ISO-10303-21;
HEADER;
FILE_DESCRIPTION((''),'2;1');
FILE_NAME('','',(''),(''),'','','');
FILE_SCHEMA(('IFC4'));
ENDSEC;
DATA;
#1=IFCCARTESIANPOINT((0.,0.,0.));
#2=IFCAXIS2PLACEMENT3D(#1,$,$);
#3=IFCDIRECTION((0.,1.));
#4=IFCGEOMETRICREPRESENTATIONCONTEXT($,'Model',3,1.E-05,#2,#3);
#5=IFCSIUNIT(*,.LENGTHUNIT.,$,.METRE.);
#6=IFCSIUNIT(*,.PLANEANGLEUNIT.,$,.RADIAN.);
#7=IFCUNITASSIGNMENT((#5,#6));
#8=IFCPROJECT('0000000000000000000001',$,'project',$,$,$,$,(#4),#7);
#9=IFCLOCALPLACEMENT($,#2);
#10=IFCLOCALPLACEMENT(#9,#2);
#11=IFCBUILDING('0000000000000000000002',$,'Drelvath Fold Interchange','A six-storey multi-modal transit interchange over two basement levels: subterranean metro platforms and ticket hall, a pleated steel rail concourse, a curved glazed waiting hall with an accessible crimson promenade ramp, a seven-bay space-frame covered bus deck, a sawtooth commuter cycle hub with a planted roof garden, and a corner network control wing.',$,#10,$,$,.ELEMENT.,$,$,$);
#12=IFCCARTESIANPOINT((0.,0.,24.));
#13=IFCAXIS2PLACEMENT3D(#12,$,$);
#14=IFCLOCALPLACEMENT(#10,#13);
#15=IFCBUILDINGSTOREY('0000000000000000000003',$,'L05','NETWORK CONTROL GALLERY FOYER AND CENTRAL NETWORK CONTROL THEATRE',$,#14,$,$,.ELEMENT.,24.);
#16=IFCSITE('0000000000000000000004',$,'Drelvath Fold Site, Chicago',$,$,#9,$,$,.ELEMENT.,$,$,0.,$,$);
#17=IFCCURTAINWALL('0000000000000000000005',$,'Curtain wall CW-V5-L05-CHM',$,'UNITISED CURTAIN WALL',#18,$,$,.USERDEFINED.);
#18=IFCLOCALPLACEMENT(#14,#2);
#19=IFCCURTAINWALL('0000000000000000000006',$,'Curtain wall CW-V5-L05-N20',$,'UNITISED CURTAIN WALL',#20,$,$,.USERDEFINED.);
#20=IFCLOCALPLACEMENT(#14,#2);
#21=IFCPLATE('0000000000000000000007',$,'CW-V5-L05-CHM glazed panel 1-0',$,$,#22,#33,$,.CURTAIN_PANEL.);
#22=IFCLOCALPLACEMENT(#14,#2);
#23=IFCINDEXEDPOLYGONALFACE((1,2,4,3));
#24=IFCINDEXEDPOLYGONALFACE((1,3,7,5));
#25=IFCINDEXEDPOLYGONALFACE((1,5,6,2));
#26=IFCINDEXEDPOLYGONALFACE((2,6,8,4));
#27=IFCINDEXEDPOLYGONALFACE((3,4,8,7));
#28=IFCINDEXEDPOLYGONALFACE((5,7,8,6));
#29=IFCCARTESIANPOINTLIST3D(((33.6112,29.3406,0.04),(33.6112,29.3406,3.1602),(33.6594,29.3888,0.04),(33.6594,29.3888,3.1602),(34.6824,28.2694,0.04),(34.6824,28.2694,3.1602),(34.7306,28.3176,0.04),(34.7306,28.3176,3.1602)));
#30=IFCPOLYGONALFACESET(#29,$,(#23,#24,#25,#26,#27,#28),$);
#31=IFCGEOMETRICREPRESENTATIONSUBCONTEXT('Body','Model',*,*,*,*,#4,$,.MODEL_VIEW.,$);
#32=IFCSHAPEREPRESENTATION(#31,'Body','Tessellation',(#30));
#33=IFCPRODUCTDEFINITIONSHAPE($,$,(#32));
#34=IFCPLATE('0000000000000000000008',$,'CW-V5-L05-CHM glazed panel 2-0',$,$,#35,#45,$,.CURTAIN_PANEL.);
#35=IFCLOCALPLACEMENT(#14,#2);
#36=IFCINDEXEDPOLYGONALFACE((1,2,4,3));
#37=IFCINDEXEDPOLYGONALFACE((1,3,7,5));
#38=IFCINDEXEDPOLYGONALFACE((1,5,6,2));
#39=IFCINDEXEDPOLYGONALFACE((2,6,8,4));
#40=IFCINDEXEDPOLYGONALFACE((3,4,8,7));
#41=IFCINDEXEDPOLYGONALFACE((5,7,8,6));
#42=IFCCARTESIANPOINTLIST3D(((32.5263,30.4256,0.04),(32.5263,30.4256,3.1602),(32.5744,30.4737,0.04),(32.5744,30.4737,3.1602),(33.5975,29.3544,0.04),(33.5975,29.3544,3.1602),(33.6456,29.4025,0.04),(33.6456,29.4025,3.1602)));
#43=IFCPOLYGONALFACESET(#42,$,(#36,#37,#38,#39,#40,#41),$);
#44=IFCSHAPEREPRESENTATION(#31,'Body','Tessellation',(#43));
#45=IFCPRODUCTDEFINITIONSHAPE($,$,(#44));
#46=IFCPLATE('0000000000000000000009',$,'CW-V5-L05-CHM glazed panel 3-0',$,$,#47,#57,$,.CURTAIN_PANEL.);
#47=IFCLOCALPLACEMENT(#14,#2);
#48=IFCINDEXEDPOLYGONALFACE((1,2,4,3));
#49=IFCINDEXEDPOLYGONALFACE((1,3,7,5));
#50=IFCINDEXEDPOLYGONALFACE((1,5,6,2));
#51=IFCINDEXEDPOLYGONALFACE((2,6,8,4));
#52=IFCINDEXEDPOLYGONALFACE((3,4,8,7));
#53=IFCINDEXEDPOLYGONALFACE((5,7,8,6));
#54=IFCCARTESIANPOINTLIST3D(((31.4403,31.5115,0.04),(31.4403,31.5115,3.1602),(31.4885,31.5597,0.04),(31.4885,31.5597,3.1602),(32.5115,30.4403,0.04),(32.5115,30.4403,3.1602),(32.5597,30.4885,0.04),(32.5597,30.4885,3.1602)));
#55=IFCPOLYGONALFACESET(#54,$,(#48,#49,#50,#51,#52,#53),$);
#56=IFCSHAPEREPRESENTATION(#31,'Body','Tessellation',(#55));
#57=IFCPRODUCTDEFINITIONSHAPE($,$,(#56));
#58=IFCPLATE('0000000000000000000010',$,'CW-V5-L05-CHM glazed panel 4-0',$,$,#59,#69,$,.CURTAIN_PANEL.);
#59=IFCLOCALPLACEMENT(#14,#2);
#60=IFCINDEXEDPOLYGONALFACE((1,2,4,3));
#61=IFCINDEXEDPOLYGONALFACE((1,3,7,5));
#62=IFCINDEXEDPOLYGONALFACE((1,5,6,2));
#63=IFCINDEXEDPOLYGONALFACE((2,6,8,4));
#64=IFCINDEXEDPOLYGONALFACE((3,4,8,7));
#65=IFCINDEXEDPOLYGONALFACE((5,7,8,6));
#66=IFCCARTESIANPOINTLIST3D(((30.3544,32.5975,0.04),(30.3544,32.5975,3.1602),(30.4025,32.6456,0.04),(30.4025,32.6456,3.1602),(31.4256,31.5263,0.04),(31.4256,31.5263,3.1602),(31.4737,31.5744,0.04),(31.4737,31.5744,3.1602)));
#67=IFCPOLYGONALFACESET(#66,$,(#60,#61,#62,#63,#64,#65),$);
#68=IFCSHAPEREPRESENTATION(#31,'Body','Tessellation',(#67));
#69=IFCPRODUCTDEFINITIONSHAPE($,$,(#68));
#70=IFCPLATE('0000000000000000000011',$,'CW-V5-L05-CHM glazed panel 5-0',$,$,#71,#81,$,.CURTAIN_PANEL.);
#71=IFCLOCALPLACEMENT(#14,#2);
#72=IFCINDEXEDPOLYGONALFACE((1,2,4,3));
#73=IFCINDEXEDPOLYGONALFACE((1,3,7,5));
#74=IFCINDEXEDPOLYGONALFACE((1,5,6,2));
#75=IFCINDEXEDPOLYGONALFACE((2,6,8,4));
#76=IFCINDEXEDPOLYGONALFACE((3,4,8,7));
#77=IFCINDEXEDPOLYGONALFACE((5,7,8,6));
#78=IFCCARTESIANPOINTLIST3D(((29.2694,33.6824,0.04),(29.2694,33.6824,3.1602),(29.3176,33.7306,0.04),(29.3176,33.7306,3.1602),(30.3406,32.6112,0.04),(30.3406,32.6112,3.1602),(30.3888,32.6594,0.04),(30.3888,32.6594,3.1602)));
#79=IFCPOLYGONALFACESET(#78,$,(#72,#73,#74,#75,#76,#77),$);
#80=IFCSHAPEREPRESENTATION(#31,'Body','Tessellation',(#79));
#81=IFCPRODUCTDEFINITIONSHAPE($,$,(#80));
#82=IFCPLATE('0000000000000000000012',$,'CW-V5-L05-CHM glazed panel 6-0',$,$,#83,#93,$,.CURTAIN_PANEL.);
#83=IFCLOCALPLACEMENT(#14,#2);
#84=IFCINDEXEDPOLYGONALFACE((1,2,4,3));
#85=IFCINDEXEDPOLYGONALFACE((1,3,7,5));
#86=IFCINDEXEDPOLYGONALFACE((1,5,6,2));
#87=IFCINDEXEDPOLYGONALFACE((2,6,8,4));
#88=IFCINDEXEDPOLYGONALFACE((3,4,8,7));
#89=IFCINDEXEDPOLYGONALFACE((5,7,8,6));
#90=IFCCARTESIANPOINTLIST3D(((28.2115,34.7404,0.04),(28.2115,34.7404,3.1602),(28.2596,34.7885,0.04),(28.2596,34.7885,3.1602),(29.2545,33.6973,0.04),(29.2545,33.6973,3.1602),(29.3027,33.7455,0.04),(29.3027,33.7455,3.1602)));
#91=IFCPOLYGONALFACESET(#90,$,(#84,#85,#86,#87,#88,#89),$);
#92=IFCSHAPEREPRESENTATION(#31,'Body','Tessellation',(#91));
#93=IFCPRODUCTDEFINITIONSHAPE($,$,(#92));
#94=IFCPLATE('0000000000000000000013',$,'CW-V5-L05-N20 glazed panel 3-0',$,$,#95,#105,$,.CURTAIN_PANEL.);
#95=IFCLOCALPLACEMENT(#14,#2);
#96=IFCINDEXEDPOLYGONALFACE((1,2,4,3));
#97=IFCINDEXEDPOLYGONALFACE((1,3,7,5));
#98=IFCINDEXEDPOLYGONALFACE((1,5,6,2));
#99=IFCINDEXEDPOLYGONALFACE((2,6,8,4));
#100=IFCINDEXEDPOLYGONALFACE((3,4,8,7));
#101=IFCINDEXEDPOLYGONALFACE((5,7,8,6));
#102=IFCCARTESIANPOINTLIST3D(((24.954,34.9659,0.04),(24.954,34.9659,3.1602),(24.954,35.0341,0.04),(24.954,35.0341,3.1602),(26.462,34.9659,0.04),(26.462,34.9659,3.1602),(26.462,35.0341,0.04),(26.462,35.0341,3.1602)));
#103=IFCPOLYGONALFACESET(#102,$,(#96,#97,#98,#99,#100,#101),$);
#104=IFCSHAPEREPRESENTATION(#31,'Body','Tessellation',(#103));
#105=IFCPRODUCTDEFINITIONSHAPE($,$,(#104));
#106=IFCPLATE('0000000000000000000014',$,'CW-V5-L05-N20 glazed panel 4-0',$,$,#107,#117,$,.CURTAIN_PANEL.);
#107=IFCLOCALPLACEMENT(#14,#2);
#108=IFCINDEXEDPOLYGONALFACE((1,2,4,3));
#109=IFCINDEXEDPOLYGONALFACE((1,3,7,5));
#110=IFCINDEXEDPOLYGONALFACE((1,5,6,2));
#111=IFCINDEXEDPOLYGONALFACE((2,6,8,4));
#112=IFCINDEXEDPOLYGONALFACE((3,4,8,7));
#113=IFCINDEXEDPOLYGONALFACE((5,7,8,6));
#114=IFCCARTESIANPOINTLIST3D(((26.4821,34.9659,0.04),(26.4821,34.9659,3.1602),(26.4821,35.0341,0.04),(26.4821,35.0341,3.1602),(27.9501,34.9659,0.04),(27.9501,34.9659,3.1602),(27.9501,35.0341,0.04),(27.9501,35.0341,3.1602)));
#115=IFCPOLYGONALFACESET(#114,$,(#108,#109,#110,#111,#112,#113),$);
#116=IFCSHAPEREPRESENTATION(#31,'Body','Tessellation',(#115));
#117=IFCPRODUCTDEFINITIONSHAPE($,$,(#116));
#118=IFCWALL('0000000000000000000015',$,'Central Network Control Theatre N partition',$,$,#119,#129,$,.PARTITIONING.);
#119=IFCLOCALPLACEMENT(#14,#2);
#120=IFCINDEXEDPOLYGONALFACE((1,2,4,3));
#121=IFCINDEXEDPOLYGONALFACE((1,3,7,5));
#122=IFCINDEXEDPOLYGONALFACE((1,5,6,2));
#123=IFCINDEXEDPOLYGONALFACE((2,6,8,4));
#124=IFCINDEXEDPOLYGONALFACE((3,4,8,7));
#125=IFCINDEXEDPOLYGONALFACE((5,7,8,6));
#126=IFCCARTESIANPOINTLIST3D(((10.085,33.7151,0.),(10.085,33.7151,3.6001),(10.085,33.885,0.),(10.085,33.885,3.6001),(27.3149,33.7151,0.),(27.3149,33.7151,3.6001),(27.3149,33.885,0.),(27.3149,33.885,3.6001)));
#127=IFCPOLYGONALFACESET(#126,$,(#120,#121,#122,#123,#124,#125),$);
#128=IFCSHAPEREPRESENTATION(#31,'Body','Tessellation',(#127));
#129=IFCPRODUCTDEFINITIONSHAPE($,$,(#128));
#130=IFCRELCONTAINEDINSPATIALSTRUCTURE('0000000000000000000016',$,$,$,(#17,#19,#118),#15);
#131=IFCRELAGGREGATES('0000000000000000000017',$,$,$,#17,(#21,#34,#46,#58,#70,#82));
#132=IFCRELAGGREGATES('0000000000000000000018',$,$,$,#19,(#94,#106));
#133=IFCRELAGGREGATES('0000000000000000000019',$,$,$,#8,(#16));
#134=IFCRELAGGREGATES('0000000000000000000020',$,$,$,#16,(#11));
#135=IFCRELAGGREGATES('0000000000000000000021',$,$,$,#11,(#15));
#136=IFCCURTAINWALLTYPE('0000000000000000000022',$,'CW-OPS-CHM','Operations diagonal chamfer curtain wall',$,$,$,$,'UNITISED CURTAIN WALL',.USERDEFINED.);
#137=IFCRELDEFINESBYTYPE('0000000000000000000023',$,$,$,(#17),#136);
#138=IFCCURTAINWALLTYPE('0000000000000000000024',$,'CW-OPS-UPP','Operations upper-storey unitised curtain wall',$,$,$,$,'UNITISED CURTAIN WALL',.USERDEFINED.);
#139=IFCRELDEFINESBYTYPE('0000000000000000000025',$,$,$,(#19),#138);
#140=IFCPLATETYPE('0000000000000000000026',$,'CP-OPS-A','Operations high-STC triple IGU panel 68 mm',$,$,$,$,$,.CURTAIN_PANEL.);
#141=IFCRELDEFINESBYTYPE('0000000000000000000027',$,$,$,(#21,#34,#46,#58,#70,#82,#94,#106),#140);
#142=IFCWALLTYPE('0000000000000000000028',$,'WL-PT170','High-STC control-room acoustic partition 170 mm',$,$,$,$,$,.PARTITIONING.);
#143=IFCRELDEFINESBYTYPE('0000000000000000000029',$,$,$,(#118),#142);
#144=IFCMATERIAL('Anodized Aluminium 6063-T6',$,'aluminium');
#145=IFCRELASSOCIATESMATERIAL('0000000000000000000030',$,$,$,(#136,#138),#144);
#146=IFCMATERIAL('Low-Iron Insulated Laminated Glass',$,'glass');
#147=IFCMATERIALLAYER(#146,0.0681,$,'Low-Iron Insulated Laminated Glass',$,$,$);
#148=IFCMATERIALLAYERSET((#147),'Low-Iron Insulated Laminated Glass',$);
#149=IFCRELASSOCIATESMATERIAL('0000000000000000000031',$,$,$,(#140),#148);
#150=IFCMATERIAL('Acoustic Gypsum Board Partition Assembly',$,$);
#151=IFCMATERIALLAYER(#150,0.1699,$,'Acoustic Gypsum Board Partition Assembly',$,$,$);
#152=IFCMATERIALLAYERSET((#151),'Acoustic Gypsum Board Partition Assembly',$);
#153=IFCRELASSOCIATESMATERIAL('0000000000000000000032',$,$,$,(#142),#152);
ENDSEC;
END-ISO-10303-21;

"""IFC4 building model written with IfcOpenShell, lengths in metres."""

from ifc_helpers import new_model, si_unit, direction, frame, frame_2d, origin, origin_2d, place, context, subcontext, project, spatial, rectangle, extrude, material, layer, layer_set, type_object, element, aggregate, save


model = new_model("IFC4")

# Units and contexts
model_context = context("Model", 3, precision=1e-05, world=origin(), true_north=direction((0.0, 1.0)))
body_context = subcontext(model_context, "Body", "Model", "MODEL_VIEW")
ifc_project = project(units=[si_unit("LENGTHUNIT", "METRE"), si_unit("PLANEANGLEUNIT", "RADIAN")], contexts=[model_context])

# Site, building, storey
site_placement = place(None, origin())
site = spatial("IfcSite", under=ifc_project, at=site_placement, Name="Drelvath Fold Site, Chicago", CompositionType="ELEMENT", RefElevation=0.0)
building_placement = place(site_placement, origin())
building = spatial("IfcBuilding", under=site, at=building_placement, Name="Drelvath Fold Interchange", Description="A six-storey multi-modal transit interchange over two basement levels: subterranean metro platforms and ticket hall, a pleated steel rail concourse, a curved glazed waiting hall with an accessible crimson promenade ramp, a seven-bay space-frame covered bus deck, a sawtooth commuter cycle hub with a planted roof garden, and a corner network control wing.", CompositionType="ELEMENT")
storey_placement = place(building_placement, frame((0.0, 0.0, 24.0)))
storey = spatial("IfcBuildingStorey", under=building, at=storey_placement, Name="L05", Description="NETWORK CONTROL GALLERY FOYER AND CENTRAL NETWORK CONTROL THEATRE", CompositionType="ELEMENT", Elevation=24.0)

# Curtain walls
ifc_material_1 = material(Name="Anodized Aluminium 6063-T6", Category="aluminium")
curtain_wall_type_1 = type_object("IfcCurtainWallType", Name="CW-OPS-CHM", Description="Operations diagonal chamfer curtain wall", ElementType="UNITISED CURTAIN WALL", PredefinedType="USERDEFINED", material=ifc_material_1)
curtain_wall_1_placement = place(storey_placement, origin())
curtain_wall_1 = element("IfcCurtainWall", 1, at=curtain_wall_1_placement, inside=storey, type_object=curtain_wall_type_1, Name="Curtain wall CW-V5-L05-CHM", ObjectType="UNITISED CURTAIN WALL", PredefinedType="USERDEFINED")
curtain_wall_type_2 = type_object("IfcCurtainWallType", Name="CW-OPS-UPP", Description="Operations upper-storey unitised curtain wall", ElementType="UNITISED CURTAIN WALL", PredefinedType="USERDEFINED", material=ifc_material_1)
curtain_wall_2_placement = place(storey_placement, origin())
curtain_wall_2 = element("IfcCurtainWall", 2, at=curtain_wall_2_placement, inside=storey, type_object=curtain_wall_type_2, Name="Curtain wall CW-V5-L05-N20", ObjectType="UNITISED CURTAIN WALL", PredefinedType="USERDEFINED")

# Plates
ifc_material_2 = material(Name="Low-Iron Insulated Laminated Glass", Category="glass")
ifc_layer_1 = layer(ifc_material_2, 0.0681, Name="Low-Iron Insulated Laminated Glass")
ifc_layer_set_1 = layer_set([ifc_layer_1], Name="Low-Iron Insulated Laminated Glass")
plate_type = type_object("IfcPlateType", Name="CP-OPS-A", Description="Operations high-STC triple IGU panel 68 mm", PredefinedType="CURTAIN_PANEL", material=ifc_layer_set_1)
plate_1_placement = place(storey_placement, frame((34.1709, 28.8291, 0.04), z_axis=(0.0, 0.0, 1.0), x_axis=(-0.707107, 0.707107, 0.0)))
plate_1 = element("IfcPlate", 3, at=plate_1_placement, type_object=plate_type, Name="CW-V5-L05-CHM glazed panel 1-0", PredefinedType="CURTAIN_PANEL", context=body_context, shape_type="SweptSolid", body=[
    extrude(rectangle(XDim=1.5149, YDim=0.0681, at=origin_2d()), origin(), (0.0, 0.0, 1.0), 3.1201),
])
plate_2_placement = place(storey_placement, frame((33.0859, 29.9141, 0.04), z_axis=(0.0, 0.0, 1.0), x_axis=(-0.707107, 0.707107, 0.0)))
plate_2 = element("IfcPlate", 4, at=plate_2_placement, type_object=plate_type, Name="CW-V5-L05-CHM glazed panel 2-0", PredefinedType="CURTAIN_PANEL", context=body_context, shape_type="SweptSolid", body=[
    extrude(rectangle(XDim=1.5149, YDim=0.0681, at=origin_2d()), origin(), (0.0, 0.0, 1.0), 3.1201),
])
plate_3_placement = place(storey_placement, frame((32.0, 31.0, 0.04), z_axis=(0.0, 0.0, 1.0), x_axis=(-0.707107, 0.707107, 0.0)))
plate_3 = element("IfcPlate", 5, at=plate_3_placement, type_object=plate_type, Name="CW-V5-L05-CHM glazed panel 3-0", PredefinedType="CURTAIN_PANEL", context=body_context, shape_type="SweptSolid", body=[
    extrude(rectangle(XDim=1.5149, YDim=0.0681, at=origin_2d()), origin(), (0.0, 0.0, 1.0), 3.1201),
])
plate_4_placement = place(storey_placement, frame((30.9141, 32.0859, 0.04), z_axis=(0.0, 0.0, 1.0), x_axis=(-0.707107, 0.707107, 0.0)))
plate_4 = element("IfcPlate", 6, at=plate_4_placement, type_object=plate_type, Name="CW-V5-L05-CHM glazed panel 4-0", PredefinedType="CURTAIN_PANEL", context=body_context, shape_type="SweptSolid", body=[
    extrude(rectangle(XDim=1.5149, YDim=0.0681, at=origin_2d()), origin(), (0.0, 0.0, 1.0), 3.1201),
])
plate_5_placement = place(storey_placement, frame((29.8291, 33.1709, 0.04), z_axis=(0.0, 0.0, 1.0), x_axis=(-0.707107, 0.707107, 0.0)))
plate_5 = element("IfcPlate", 7, at=plate_5_placement, type_object=plate_type, Name="CW-V5-L05-CHM glazed panel 5-0", PredefinedType="CURTAIN_PANEL", context=body_context, shape_type="SweptSolid", body=[
    extrude(rectangle(XDim=1.5149, YDim=0.0681, at=origin_2d()), origin(), (0.0, 0.0, 1.0), 3.1201),
])
plate_6_placement = place(storey_placement, frame((28.7571, 34.2429, 0.04), z_axis=(0.0, 0.0, 1.0), x_axis=(-0.707107, 0.707107, 0.0)))
plate_6 = element("IfcPlate", 8, at=plate_6_placement, type_object=plate_type, Name="CW-V5-L05-CHM glazed panel 6-0", PredefinedType="CURTAIN_PANEL", context=body_context, shape_type="SweptSolid", body=[
    extrude(rectangle(XDim=1.4751, YDim=0.0681, at=origin_2d()), origin(), (0.0, 0.0, 1.0), 3.1201),
])
aggregate(curtain_wall_1, [plate_1, plate_2, plate_3, plate_4, plate_5, plate_6])
plate_7_placement = place(storey_placement, frame((25.708, 35.0, 0.04), z_axis=(0.0, 0.0, 1.0), x_axis=(1.0, 0.0, 0.0)))
plate_7 = element("IfcPlate", 9, at=plate_7_placement, type_object=plate_type, Name="CW-V5-L05-N20 glazed panel 3-0", PredefinedType="CURTAIN_PANEL", context=body_context, shape_type="SweptSolid", body=[
    extrude(rectangle(XDim=1.5081, YDim=0.0681, at=origin_2d()), origin(), (0.0, 0.0, 1.0), 3.1201),
])
plate_8_placement = place(storey_placement, frame((27.2161, 35.0, 0.04), z_axis=(0.0, 0.0, 1.0), x_axis=(1.0, 0.0, 0.0)))
plate_8 = element("IfcPlate", 10, at=plate_8_placement, type_object=plate_type, Name="CW-V5-L05-N20 glazed panel 4-0", PredefinedType="CURTAIN_PANEL", context=body_context, shape_type="SweptSolid", body=[
    extrude(rectangle(XDim=1.468, YDim=0.0681, at=origin_2d()), origin(), (0.0, 0.0, 1.0), 3.1201),
])
aggregate(curtain_wall_2, [plate_7, plate_8])

# Wall
ifc_material_3 = material(Name="Acoustic Gypsum Board Partition Assembly")
ifc_layer_2 = layer(ifc_material_3, 0.1699, Name="Acoustic Gypsum Board Partition Assembly")
ifc_layer_set_2 = layer_set([ifc_layer_2], Name="Acoustic Gypsum Board Partition Assembly")
wall_type = type_object("IfcWallType", Name="WL-PT170", Description="High-STC control-room acoustic partition 170 mm", PredefinedType="PARTITIONING", material=ifc_layer_set_2)
wall_placement = place(storey_placement, frame((27.3149, 33.8, 0.0), z_axis=(0.0, 0.0, 1.0), x_axis=(-1.0, 0.0, 0.0)))
element("IfcWall", 11, at=wall_placement, inside=storey, type_object=wall_type, Name="Central Network Control Theatre N partition", PredefinedType="PARTITIONING", context=body_context, shape_type="SweptSolid", body=[
    extrude(rectangle(XDim=17.23, YDim=0.1699, at=frame_2d((8.615, 0.0))), origin(), (0.0, 0.0, 1.0), 3.6001),
])

save(model, "model.ifc")
